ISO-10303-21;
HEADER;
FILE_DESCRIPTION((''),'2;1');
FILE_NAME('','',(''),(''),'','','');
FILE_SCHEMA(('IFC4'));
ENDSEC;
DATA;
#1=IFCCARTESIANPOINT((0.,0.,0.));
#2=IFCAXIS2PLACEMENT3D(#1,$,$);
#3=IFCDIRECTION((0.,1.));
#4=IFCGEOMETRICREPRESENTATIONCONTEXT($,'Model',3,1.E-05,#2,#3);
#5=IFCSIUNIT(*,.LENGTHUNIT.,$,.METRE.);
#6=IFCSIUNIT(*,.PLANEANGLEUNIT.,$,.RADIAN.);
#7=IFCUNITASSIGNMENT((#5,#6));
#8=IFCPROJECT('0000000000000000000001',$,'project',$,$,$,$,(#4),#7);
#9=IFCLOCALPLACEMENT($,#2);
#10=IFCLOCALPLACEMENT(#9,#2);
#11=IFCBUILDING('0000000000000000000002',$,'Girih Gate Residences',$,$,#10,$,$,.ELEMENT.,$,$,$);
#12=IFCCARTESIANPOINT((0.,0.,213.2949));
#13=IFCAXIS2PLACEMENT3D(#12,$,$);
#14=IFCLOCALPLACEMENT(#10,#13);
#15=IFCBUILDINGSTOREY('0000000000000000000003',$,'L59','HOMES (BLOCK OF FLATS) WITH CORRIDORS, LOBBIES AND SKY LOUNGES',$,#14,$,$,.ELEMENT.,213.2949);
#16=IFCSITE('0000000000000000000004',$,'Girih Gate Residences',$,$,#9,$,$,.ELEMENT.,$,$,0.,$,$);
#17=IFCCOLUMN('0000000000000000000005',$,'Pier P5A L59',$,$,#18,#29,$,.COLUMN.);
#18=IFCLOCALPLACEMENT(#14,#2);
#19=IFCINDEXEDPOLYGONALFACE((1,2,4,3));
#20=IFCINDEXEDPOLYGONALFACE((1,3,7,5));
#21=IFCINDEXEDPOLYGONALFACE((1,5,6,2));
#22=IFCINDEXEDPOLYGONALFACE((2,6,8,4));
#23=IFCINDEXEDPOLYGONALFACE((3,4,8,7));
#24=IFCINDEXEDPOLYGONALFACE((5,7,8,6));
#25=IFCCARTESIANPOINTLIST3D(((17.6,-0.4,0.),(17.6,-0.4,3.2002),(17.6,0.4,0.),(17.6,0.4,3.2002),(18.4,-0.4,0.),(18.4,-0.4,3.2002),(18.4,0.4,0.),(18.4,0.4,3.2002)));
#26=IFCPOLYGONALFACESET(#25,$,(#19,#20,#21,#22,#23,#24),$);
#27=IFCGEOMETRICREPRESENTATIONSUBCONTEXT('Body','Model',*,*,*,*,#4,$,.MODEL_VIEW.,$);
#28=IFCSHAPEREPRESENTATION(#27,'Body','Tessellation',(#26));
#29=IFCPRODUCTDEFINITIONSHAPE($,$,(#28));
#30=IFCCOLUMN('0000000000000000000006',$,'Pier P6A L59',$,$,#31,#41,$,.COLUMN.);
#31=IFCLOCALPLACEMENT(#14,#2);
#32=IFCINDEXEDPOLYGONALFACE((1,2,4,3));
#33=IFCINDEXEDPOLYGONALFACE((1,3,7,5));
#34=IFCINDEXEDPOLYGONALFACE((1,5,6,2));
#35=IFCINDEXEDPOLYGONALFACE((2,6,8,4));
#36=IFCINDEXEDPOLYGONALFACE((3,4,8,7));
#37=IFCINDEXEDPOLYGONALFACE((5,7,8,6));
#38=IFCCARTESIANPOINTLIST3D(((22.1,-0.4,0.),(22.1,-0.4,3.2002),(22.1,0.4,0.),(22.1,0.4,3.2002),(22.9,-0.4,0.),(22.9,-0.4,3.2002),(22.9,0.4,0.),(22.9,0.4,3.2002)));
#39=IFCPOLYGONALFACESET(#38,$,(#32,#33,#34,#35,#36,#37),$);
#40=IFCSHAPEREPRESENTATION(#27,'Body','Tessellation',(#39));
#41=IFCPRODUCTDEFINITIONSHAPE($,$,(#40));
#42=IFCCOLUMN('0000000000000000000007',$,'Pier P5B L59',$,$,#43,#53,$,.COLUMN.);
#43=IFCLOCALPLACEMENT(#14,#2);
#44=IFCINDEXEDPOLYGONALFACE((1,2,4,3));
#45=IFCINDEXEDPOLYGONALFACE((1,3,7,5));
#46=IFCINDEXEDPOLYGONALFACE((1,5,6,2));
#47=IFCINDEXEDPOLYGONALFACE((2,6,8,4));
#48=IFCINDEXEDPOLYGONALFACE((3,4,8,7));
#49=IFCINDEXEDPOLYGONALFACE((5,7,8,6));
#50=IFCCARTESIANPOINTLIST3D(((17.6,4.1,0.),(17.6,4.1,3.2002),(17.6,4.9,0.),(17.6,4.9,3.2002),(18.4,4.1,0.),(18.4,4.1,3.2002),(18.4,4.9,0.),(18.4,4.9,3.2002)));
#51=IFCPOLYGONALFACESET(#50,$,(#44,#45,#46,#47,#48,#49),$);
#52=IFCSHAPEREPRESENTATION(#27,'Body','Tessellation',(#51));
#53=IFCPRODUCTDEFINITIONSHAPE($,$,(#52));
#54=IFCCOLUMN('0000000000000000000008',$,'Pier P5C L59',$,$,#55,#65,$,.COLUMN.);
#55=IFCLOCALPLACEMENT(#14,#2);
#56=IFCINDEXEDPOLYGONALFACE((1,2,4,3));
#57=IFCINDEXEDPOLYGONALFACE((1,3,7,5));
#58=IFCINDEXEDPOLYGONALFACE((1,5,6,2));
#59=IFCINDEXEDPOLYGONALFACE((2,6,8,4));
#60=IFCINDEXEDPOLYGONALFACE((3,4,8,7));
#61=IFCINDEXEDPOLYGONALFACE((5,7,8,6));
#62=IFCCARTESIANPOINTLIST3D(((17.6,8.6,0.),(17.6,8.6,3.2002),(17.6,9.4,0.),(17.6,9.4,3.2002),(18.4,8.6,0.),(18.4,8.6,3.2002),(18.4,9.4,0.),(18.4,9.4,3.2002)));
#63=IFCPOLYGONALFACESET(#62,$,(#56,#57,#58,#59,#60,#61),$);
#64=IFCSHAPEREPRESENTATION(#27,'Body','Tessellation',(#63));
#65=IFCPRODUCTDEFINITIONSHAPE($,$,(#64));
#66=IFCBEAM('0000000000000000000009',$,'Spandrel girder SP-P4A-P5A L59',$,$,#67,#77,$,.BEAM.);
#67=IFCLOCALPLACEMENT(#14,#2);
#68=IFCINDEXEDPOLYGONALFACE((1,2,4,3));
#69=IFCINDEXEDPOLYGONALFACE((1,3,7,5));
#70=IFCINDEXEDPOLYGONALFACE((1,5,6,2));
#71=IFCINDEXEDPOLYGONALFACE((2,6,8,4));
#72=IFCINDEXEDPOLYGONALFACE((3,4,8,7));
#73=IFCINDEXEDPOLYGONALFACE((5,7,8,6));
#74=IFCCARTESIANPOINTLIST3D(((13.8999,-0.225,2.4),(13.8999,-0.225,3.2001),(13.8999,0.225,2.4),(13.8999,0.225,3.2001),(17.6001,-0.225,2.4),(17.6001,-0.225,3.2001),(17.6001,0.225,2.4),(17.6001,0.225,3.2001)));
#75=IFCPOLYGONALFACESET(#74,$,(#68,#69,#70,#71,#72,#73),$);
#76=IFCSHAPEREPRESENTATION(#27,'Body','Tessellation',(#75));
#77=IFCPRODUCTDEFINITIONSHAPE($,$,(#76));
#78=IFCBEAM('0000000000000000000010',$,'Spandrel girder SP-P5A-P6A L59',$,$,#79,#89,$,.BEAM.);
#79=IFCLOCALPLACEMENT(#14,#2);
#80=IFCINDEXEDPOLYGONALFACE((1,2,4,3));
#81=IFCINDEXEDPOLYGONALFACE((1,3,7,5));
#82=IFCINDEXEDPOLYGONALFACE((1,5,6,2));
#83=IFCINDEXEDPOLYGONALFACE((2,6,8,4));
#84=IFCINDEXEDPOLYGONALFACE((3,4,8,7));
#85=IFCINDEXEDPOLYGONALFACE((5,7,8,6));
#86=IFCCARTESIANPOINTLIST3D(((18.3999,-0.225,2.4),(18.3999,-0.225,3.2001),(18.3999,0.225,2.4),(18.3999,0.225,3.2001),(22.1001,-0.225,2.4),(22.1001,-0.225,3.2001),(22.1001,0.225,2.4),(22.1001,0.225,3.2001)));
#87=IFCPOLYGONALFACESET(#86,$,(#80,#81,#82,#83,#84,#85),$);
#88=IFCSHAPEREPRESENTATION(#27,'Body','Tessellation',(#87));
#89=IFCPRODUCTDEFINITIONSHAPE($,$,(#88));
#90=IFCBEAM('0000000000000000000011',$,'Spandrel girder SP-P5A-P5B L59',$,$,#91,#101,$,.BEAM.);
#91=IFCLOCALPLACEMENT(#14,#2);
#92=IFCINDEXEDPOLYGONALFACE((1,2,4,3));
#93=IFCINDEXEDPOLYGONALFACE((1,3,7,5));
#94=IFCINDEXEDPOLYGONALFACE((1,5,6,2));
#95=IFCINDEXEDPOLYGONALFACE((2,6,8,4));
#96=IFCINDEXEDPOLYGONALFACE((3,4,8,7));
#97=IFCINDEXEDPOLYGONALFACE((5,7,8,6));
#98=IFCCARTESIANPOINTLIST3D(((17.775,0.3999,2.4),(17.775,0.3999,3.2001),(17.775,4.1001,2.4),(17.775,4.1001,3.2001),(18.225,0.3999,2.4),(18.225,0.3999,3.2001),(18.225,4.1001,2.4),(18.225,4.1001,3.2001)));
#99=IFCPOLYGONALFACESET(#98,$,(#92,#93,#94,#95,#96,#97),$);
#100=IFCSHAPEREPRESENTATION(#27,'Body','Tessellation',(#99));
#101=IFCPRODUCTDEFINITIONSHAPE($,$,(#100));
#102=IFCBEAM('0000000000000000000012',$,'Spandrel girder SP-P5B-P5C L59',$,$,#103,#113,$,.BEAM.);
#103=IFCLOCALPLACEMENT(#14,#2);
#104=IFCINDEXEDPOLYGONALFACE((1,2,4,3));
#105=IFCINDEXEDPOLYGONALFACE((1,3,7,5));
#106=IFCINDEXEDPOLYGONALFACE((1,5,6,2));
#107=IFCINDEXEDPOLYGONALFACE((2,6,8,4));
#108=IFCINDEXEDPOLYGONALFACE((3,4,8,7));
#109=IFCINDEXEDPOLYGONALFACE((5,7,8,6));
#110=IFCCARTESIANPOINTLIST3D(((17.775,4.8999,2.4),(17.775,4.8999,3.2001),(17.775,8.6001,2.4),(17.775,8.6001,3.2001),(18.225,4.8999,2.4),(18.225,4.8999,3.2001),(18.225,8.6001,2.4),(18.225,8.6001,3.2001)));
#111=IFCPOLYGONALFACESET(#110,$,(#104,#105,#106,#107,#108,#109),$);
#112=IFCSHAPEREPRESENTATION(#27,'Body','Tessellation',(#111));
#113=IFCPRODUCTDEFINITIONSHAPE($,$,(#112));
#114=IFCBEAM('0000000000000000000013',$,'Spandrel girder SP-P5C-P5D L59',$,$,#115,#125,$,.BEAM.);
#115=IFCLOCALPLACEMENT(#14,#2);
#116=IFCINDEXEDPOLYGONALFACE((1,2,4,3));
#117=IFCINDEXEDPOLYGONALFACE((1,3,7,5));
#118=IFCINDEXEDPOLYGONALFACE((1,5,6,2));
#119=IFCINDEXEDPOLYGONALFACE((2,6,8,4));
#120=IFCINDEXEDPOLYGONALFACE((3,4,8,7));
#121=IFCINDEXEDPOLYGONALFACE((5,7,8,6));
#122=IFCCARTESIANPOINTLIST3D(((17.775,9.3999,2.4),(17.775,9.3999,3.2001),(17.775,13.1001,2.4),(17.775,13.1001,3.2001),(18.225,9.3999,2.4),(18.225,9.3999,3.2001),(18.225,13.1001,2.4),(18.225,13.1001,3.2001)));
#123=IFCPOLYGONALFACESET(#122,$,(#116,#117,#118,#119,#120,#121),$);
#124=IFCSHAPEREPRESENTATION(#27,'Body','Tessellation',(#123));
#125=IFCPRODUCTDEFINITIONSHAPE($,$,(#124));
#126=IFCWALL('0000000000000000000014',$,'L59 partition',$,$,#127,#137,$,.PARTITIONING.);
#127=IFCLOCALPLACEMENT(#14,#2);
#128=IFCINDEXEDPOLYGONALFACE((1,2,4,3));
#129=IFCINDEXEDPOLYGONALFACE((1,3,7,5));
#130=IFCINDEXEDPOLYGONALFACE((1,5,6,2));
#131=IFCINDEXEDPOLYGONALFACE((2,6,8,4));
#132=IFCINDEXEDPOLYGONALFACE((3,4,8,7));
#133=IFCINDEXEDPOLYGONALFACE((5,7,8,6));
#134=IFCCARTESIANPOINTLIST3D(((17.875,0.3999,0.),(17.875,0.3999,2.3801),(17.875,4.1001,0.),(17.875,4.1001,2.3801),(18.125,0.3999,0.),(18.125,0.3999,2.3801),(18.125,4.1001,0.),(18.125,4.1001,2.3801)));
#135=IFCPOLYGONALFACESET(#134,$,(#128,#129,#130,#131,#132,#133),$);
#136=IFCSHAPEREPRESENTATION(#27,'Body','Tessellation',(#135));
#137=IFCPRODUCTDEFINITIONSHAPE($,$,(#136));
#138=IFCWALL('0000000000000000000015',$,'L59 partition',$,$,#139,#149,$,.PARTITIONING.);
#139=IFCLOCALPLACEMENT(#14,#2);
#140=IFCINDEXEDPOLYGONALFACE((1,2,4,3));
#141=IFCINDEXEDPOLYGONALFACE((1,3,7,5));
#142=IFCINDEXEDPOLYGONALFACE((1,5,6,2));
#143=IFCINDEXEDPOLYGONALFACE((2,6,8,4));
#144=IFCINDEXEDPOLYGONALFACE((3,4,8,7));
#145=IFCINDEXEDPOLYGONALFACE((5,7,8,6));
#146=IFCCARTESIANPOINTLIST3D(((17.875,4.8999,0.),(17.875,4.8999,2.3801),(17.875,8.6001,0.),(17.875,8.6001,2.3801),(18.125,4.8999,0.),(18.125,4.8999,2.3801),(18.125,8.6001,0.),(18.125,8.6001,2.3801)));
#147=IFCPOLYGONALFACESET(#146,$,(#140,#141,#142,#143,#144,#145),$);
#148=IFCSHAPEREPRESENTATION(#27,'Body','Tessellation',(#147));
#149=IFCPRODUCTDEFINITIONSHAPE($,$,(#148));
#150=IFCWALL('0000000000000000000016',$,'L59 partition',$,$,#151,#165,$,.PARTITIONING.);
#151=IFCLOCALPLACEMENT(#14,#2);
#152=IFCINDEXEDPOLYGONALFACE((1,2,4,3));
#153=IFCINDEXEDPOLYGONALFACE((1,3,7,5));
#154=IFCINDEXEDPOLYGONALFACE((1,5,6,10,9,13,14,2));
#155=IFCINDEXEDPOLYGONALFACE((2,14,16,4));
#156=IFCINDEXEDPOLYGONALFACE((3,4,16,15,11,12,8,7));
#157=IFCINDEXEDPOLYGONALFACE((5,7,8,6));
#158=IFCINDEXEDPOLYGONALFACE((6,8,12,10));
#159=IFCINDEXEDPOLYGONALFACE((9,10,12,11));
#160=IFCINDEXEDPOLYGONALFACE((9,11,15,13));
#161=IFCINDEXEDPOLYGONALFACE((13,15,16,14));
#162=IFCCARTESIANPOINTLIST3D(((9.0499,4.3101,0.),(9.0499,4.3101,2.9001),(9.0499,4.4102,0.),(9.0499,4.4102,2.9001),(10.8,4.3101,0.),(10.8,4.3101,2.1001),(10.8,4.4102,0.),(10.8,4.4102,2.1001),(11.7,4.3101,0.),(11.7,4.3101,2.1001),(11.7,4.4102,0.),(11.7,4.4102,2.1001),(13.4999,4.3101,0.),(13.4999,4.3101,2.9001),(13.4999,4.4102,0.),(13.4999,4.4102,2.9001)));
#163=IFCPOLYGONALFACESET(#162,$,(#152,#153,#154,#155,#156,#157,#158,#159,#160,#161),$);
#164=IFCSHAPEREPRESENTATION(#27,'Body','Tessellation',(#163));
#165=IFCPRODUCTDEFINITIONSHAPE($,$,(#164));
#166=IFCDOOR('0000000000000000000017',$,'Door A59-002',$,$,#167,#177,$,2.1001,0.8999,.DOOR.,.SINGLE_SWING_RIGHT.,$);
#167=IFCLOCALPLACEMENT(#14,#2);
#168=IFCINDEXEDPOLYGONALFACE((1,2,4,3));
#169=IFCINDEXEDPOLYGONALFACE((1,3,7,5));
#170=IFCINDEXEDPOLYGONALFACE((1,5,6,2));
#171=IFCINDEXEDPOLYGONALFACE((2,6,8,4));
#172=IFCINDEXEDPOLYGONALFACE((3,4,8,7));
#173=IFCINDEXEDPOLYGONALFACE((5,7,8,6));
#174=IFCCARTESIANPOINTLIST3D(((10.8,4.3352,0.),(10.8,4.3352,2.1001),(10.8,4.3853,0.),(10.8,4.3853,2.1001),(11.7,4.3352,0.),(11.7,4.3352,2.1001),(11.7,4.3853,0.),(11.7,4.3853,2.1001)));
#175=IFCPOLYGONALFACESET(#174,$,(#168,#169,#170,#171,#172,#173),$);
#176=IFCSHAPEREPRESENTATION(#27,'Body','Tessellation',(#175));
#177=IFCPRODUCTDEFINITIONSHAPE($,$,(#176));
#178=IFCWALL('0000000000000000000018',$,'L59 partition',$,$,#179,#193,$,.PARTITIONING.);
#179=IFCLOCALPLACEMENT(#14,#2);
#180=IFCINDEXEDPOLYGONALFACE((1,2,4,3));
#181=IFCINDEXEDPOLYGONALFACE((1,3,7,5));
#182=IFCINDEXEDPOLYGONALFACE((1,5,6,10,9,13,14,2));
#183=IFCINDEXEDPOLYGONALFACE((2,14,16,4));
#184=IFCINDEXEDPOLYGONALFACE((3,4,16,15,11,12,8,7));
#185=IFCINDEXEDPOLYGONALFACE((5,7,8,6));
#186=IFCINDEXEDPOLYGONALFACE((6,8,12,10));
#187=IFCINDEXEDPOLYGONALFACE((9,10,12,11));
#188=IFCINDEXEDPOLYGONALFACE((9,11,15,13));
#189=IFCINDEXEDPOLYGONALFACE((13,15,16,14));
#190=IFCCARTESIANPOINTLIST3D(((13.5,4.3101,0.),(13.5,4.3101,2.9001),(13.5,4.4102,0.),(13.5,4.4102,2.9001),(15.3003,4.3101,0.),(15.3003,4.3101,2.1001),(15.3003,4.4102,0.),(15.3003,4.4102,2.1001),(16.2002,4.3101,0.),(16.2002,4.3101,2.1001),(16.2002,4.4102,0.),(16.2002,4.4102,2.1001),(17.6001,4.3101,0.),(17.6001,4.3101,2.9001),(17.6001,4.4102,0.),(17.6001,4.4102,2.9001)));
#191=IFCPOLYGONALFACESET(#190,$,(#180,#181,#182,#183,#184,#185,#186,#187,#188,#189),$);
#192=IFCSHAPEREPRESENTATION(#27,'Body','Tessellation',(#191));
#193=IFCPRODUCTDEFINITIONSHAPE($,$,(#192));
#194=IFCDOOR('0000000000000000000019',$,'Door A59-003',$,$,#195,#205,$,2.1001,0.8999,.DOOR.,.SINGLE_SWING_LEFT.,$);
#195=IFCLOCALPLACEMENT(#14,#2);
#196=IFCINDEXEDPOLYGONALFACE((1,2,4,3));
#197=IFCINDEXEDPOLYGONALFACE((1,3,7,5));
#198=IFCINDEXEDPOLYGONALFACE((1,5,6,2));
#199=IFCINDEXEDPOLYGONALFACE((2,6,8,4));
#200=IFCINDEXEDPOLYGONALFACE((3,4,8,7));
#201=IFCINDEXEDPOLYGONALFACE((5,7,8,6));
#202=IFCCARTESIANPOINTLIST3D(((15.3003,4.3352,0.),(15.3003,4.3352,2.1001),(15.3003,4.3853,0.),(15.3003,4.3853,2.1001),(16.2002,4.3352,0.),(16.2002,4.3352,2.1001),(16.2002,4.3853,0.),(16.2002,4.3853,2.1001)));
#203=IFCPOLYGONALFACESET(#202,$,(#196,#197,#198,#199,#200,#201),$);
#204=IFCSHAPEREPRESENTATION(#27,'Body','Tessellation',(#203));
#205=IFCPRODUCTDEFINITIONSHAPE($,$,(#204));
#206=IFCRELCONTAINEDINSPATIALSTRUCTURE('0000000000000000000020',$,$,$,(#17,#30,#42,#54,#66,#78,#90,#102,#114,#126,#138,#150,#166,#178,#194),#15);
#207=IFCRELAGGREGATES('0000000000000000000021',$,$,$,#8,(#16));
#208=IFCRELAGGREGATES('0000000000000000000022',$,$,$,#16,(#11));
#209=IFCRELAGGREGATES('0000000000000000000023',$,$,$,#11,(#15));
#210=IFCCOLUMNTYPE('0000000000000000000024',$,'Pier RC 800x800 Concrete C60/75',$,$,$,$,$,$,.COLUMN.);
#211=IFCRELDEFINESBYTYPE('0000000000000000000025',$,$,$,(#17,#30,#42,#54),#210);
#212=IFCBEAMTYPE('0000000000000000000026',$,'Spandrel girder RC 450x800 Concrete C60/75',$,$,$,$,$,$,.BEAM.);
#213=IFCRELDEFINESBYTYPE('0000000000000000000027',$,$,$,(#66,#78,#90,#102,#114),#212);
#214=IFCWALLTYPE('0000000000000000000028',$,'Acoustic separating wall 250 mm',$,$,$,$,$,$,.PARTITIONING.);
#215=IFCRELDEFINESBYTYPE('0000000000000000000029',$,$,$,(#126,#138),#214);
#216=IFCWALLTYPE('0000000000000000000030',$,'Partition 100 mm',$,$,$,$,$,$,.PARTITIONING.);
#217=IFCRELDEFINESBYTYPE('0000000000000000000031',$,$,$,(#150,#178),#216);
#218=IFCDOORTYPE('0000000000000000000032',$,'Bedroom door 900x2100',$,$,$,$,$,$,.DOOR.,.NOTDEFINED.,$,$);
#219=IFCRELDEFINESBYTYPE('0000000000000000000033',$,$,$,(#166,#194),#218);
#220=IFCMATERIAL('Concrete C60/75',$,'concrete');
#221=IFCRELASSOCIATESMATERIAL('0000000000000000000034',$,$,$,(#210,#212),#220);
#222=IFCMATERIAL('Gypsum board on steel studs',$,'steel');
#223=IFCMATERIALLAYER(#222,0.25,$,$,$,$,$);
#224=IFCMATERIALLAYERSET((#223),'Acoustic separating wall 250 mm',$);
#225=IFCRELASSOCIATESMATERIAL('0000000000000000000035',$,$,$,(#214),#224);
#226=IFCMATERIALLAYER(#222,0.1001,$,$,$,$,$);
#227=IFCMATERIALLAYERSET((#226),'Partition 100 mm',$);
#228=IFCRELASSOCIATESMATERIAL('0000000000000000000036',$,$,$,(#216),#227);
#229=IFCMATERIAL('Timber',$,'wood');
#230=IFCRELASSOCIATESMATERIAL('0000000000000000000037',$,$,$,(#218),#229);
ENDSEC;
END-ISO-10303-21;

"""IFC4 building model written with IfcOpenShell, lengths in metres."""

from ifc_helpers import new_model, si_unit, direction, frame, frame_2d, origin, origin_2d, place, context, subcontext, project, spatial, rectangle, extrude, material, layer, layer_set, material_profile, profile_set, type_object, element, fill, save


model = new_model("IFC4")

# Units and contexts
model_context = context("Model", 3, precision=1e-05, world=origin(), true_north=direction((0.0, 1.0)))
body_context = subcontext(model_context, "Body", "Model", "MODEL_VIEW")
ifc_project = project(units=[si_unit("LENGTHUNIT", "METRE"), si_unit("PLANEANGLEUNIT", "RADIAN")], contexts=[model_context])

# Site, building, storey
site_placement = place(None, origin())
site = spatial("IfcSite", under=ifc_project, at=site_placement, Name="Girih Gate Residences", CompositionType="ELEMENT", RefElevation=0.0)
building_placement = place(site_placement, origin())
building = spatial("IfcBuilding", under=site, at=building_placement, Name="Girih Gate Residences", CompositionType="ELEMENT")
storey_placement = place(building_placement, frame((0.0, 0.0, 213.2949)))
storey = spatial("IfcBuildingStorey", under=building, at=storey_placement, Name="L59", Description="HOMES (BLOCK OF FLATS) WITH CORRIDORS, LOBBIES AND SKY LOUNGES", CompositionType="ELEMENT", Elevation=213.2949)

# Columns
ifc_material_1 = material(Name="Concrete C60/75", Category="concrete")
ifc_material_profile_1 = material_profile(ifc_material_1, rectangle(XDim=0.8, YDim=0.8, at=origin_2d()))
ifc_profile_set_1 = profile_set([ifc_material_profile_1], Name="Concrete C60/75")
column_type = type_object("IfcColumnType", Name="Pier RC 800x800 Concrete C60/75", PredefinedType="COLUMN", material=ifc_profile_set_1)
for number, where, z_axis, x_axis, name in (
    (1, (18.0, 0.0, 0.0), (0.0, 0.0, 1.0), (1.0, 0.0, 0.0), "Pier P5A L59"),
    (2, (22.5, 0.0, 0.0), (0.0, 0.0, 1.0), (1.0, 0.0, 0.0), "Pier P6A L59"),
    (3, (18.0, 4.5, 0.0), (0.0, 0.0, 1.0), (1.0, 0.0, 0.0), "Pier P5B L59"),
    (4, (18.0, 9.0, 0.0), (0.0, 0.0, 1.0), (1.0, 0.0, 0.0), "Pier P5C L59"),
):
    element("IfcColumn", number, at=place(storey_placement, frame(where, z_axis=z_axis, x_axis=x_axis)), inside=storey, type_object=column_type, Name=name, PredefinedType="COLUMN", context=body_context, shape_type="SweptSolid", body=[
        extrude(rectangle(XDim=0.8, YDim=0.8, at=origin_2d()), origin(), (0.0, 0.0, 1.0), 3.2002),
    ])

# Beams
ifc_material_profile_2 = material_profile(ifc_material_1, rectangle(XDim=0.45, YDim=0.8, at=origin_2d()))
ifc_profile_set_2 = profile_set([ifc_material_profile_2], Name="Concrete C60/75")
beam_type = type_object("IfcBeamType", Name="Spandrel girder RC 450x800 Concrete C60/75", PredefinedType="BEAM", material=ifc_profile_set_2)
for number, where, z_axis, x_axis, name in (
    (5, (13.8999, 0.0, 2.8), (1.0, 0.0, 0.0), (0.0, 1.0, 0.0), "Spandrel girder SP-P4A-P5A L59"),
    (6, (18.3999, 0.0, 2.8), (1.0, 0.0, 0.0), (0.0, 1.0, 0.0), "Spandrel girder SP-P5A-P6A L59"),
    (7, (18.0, 0.3999, 2.8), (0.0, 1.0, 0.0), (-1.0, 0.0, 0.0), "Spandrel girder SP-P5A-P5B L59"),
    (8, (18.0, 4.8999, 2.8), (0.0, 1.0, 0.0), (-1.0, 0.0, 0.0), "Spandrel girder SP-P5B-P5C L59"),
    (9, (18.0, 9.3999, 2.8), (0.0, 1.0, 0.0), (-1.0, 0.0, 0.0), "Spandrel girder SP-P5C-P5D L59"),
):
    element("IfcBeam", number, at=place(storey_placement, frame(where, z_axis=z_axis, x_axis=x_axis)), inside=storey, type_object=beam_type, Name=name, PredefinedType="BEAM", context=body_context, shape_type="SweptSolid", body=[
        extrude(rectangle(XDim=0.45, YDim=0.8, at=origin_2d()), origin(), (0.0, 0.0, 1.0), 3.7002),
    ])

# Walls
ifc_material_2 = material(Name="Gypsum board on steel studs", Category="steel")
ifc_layer_1 = layer(ifc_material_2, 0.25)
ifc_layer_set_1 = layer_set([ifc_layer_1], Name="Acoustic separating wall 250 mm")
wall_type_1 = type_object("IfcWallType", Name="Acoustic separating wall 250 mm", PredefinedType="PARTITIONING", material=ifc_layer_set_1)
for number, where, z_axis, x_axis, name in (
    (10, (18.0, 0.3999, 0.0), (0.0, 0.0, 1.0), (0.0, 1.0, 0.0), "L59 partition"),
    (11, (18.0, 4.8999, 0.0), (0.0, 0.0, 1.0), (0.0, 1.0, 0.0), "L59 partition"),
):
    element("IfcWall", number, at=place(storey_placement, frame(where, z_axis=z_axis, x_axis=x_axis)), inside=storey, type_object=wall_type_1, Name=name, PredefinedType="PARTITIONING", context=body_context, shape_type="SweptSolid", body=[
        extrude(rectangle(XDim=3.7002, YDim=0.25, at=frame_2d((1.8501, 0.0))), origin(), (0.0, 0.0, 1.0), 2.3801),
    ])

# Walls, openings, doors
ifc_layer_2 = layer(ifc_material_2, 0.1001)
ifc_layer_set_2 = layer_set([ifc_layer_2], Name="Partition 100 mm")
wall_type_2 = type_object("IfcWallType", Name="Partition 100 mm", PredefinedType="PARTITIONING", material=ifc_layer_set_2)
wall_1_placement = place(storey_placement, frame((13.5, 4.3601, 0.0), z_axis=(0.0, 0.0, 1.0), x_axis=(-1.0, 0.0, 0.0)))
wall_1 = element("IfcWall", 12, at=wall_1_placement, inside=storey, type_object=wall_type_2, Name="L59 partition", PredefinedType="PARTITIONING", context=body_context, shape_type="SweptSolid", body=[
    extrude(rectangle(XDim=4.45, YDim=0.1001, at=frame_2d((2.2251, 0.0))), origin(), (0.0, 0.0, 1.0), 2.9001),
])
opening_1_placement = place(wall_1_placement, frame((1.8, 0.0, 0.0)))
opening_1 = element("IfcOpeningElement", 13, at=opening_1_placement, cuts=wall_1, PredefinedType="OPENING", context=body_context, shape_type="SweptSolid", body=[
    extrude(rectangle(XDim=0.8999, YDim=2.1001, at=frame_2d((0.45, 1.05))), frame((0.0, 0.0601, 0.0), z_axis=(0.0, -1.0, 0.0), x_axis=(1.0, 0.0, 0.0)), (0.0, 0.0, 1.0), 0.1201),
])
ifc_material_3 = material(Name="Timber", Category="wood")
door_type_1 = type_object("IfcDoorType", Name="Bedroom door 900x2100", OperationType="NOTDEFINED", PredefinedType="DOOR", material=ifc_material_3)
door_1_placement = place(opening_1_placement, origin())
door_1 = element("IfcDoor", 14, at=door_1_placement, inside=storey, type_object=door_type_1, Name="Door A59-002", OperationType="SINGLE_SWING_RIGHT", OverallHeight=2.1001, OverallWidth=0.8999, PredefinedType="DOOR", context=body_context, shape_type="SweptSolid", body=[
    extrude(rectangle(XDim=0.8999, YDim=2.1001, at=frame_2d((0.45, 1.05))), frame((0.0, 0.0249, 0.0), z_axis=(0.0, -1.0, 0.0), x_axis=(1.0, 0.0, 0.0)), (0.0, 0.0, 1.0), 0.05),
])
fill(opening_1, door_1)
wall_2_placement = place(storey_placement, frame((17.6001, 4.3601, 0.0), z_axis=(0.0, 0.0, 1.0), x_axis=(-1.0, 0.0, 0.0)))
wall_2 = element("IfcWall", 15, at=wall_2_placement, inside=storey, type_object=wall_type_2, Name="L59 partition", PredefinedType="PARTITIONING", context=body_context, shape_type="SweptSolid", body=[
    extrude(rectangle(XDim=4.1001, YDim=0.1001, at=frame_2d((2.05, 0.0))), origin(), (0.0, 0.0, 1.0), 2.9001),
])
opening_2_placement = place(wall_2_placement, frame((1.3999, 0.0, 0.0)))
opening_2 = element("IfcOpeningElement", 16, at=opening_2_placement, cuts=wall_2, PredefinedType="OPENING", context=body_context, shape_type="SweptSolid", body=[
    extrude(rectangle(XDim=0.8999, YDim=2.1001, at=frame_2d((0.45, 1.05))), frame((0.0, 0.0601, 0.0), z_axis=(0.0, -1.0, 0.0), x_axis=(1.0, 0.0, 0.0)), (0.0, 0.0, 1.0), 0.1201),
])
door_2_placement = place(opening_2_placement, origin())
door_2 = element("IfcDoor", 17, at=door_2_placement, inside=storey, type_object=door_type_1, Name="Door A59-003", OperationType="SINGLE_SWING_LEFT", OverallHeight=2.1001, OverallWidth=0.8999, PredefinedType="DOOR", context=body_context, shape_type="SweptSolid", body=[
    extrude(rectangle(XDim=0.8999, YDim=2.1001, at=frame_2d((0.45, 1.05))), frame((0.0, 0.0249, 0.0), z_axis=(0.0, -1.0, 0.0), x_axis=(1.0, 0.0, 0.0)), (0.0, 0.0, 1.0), 0.05),
])
fill(opening_2, door_2)

save(model, "model.ifc")
